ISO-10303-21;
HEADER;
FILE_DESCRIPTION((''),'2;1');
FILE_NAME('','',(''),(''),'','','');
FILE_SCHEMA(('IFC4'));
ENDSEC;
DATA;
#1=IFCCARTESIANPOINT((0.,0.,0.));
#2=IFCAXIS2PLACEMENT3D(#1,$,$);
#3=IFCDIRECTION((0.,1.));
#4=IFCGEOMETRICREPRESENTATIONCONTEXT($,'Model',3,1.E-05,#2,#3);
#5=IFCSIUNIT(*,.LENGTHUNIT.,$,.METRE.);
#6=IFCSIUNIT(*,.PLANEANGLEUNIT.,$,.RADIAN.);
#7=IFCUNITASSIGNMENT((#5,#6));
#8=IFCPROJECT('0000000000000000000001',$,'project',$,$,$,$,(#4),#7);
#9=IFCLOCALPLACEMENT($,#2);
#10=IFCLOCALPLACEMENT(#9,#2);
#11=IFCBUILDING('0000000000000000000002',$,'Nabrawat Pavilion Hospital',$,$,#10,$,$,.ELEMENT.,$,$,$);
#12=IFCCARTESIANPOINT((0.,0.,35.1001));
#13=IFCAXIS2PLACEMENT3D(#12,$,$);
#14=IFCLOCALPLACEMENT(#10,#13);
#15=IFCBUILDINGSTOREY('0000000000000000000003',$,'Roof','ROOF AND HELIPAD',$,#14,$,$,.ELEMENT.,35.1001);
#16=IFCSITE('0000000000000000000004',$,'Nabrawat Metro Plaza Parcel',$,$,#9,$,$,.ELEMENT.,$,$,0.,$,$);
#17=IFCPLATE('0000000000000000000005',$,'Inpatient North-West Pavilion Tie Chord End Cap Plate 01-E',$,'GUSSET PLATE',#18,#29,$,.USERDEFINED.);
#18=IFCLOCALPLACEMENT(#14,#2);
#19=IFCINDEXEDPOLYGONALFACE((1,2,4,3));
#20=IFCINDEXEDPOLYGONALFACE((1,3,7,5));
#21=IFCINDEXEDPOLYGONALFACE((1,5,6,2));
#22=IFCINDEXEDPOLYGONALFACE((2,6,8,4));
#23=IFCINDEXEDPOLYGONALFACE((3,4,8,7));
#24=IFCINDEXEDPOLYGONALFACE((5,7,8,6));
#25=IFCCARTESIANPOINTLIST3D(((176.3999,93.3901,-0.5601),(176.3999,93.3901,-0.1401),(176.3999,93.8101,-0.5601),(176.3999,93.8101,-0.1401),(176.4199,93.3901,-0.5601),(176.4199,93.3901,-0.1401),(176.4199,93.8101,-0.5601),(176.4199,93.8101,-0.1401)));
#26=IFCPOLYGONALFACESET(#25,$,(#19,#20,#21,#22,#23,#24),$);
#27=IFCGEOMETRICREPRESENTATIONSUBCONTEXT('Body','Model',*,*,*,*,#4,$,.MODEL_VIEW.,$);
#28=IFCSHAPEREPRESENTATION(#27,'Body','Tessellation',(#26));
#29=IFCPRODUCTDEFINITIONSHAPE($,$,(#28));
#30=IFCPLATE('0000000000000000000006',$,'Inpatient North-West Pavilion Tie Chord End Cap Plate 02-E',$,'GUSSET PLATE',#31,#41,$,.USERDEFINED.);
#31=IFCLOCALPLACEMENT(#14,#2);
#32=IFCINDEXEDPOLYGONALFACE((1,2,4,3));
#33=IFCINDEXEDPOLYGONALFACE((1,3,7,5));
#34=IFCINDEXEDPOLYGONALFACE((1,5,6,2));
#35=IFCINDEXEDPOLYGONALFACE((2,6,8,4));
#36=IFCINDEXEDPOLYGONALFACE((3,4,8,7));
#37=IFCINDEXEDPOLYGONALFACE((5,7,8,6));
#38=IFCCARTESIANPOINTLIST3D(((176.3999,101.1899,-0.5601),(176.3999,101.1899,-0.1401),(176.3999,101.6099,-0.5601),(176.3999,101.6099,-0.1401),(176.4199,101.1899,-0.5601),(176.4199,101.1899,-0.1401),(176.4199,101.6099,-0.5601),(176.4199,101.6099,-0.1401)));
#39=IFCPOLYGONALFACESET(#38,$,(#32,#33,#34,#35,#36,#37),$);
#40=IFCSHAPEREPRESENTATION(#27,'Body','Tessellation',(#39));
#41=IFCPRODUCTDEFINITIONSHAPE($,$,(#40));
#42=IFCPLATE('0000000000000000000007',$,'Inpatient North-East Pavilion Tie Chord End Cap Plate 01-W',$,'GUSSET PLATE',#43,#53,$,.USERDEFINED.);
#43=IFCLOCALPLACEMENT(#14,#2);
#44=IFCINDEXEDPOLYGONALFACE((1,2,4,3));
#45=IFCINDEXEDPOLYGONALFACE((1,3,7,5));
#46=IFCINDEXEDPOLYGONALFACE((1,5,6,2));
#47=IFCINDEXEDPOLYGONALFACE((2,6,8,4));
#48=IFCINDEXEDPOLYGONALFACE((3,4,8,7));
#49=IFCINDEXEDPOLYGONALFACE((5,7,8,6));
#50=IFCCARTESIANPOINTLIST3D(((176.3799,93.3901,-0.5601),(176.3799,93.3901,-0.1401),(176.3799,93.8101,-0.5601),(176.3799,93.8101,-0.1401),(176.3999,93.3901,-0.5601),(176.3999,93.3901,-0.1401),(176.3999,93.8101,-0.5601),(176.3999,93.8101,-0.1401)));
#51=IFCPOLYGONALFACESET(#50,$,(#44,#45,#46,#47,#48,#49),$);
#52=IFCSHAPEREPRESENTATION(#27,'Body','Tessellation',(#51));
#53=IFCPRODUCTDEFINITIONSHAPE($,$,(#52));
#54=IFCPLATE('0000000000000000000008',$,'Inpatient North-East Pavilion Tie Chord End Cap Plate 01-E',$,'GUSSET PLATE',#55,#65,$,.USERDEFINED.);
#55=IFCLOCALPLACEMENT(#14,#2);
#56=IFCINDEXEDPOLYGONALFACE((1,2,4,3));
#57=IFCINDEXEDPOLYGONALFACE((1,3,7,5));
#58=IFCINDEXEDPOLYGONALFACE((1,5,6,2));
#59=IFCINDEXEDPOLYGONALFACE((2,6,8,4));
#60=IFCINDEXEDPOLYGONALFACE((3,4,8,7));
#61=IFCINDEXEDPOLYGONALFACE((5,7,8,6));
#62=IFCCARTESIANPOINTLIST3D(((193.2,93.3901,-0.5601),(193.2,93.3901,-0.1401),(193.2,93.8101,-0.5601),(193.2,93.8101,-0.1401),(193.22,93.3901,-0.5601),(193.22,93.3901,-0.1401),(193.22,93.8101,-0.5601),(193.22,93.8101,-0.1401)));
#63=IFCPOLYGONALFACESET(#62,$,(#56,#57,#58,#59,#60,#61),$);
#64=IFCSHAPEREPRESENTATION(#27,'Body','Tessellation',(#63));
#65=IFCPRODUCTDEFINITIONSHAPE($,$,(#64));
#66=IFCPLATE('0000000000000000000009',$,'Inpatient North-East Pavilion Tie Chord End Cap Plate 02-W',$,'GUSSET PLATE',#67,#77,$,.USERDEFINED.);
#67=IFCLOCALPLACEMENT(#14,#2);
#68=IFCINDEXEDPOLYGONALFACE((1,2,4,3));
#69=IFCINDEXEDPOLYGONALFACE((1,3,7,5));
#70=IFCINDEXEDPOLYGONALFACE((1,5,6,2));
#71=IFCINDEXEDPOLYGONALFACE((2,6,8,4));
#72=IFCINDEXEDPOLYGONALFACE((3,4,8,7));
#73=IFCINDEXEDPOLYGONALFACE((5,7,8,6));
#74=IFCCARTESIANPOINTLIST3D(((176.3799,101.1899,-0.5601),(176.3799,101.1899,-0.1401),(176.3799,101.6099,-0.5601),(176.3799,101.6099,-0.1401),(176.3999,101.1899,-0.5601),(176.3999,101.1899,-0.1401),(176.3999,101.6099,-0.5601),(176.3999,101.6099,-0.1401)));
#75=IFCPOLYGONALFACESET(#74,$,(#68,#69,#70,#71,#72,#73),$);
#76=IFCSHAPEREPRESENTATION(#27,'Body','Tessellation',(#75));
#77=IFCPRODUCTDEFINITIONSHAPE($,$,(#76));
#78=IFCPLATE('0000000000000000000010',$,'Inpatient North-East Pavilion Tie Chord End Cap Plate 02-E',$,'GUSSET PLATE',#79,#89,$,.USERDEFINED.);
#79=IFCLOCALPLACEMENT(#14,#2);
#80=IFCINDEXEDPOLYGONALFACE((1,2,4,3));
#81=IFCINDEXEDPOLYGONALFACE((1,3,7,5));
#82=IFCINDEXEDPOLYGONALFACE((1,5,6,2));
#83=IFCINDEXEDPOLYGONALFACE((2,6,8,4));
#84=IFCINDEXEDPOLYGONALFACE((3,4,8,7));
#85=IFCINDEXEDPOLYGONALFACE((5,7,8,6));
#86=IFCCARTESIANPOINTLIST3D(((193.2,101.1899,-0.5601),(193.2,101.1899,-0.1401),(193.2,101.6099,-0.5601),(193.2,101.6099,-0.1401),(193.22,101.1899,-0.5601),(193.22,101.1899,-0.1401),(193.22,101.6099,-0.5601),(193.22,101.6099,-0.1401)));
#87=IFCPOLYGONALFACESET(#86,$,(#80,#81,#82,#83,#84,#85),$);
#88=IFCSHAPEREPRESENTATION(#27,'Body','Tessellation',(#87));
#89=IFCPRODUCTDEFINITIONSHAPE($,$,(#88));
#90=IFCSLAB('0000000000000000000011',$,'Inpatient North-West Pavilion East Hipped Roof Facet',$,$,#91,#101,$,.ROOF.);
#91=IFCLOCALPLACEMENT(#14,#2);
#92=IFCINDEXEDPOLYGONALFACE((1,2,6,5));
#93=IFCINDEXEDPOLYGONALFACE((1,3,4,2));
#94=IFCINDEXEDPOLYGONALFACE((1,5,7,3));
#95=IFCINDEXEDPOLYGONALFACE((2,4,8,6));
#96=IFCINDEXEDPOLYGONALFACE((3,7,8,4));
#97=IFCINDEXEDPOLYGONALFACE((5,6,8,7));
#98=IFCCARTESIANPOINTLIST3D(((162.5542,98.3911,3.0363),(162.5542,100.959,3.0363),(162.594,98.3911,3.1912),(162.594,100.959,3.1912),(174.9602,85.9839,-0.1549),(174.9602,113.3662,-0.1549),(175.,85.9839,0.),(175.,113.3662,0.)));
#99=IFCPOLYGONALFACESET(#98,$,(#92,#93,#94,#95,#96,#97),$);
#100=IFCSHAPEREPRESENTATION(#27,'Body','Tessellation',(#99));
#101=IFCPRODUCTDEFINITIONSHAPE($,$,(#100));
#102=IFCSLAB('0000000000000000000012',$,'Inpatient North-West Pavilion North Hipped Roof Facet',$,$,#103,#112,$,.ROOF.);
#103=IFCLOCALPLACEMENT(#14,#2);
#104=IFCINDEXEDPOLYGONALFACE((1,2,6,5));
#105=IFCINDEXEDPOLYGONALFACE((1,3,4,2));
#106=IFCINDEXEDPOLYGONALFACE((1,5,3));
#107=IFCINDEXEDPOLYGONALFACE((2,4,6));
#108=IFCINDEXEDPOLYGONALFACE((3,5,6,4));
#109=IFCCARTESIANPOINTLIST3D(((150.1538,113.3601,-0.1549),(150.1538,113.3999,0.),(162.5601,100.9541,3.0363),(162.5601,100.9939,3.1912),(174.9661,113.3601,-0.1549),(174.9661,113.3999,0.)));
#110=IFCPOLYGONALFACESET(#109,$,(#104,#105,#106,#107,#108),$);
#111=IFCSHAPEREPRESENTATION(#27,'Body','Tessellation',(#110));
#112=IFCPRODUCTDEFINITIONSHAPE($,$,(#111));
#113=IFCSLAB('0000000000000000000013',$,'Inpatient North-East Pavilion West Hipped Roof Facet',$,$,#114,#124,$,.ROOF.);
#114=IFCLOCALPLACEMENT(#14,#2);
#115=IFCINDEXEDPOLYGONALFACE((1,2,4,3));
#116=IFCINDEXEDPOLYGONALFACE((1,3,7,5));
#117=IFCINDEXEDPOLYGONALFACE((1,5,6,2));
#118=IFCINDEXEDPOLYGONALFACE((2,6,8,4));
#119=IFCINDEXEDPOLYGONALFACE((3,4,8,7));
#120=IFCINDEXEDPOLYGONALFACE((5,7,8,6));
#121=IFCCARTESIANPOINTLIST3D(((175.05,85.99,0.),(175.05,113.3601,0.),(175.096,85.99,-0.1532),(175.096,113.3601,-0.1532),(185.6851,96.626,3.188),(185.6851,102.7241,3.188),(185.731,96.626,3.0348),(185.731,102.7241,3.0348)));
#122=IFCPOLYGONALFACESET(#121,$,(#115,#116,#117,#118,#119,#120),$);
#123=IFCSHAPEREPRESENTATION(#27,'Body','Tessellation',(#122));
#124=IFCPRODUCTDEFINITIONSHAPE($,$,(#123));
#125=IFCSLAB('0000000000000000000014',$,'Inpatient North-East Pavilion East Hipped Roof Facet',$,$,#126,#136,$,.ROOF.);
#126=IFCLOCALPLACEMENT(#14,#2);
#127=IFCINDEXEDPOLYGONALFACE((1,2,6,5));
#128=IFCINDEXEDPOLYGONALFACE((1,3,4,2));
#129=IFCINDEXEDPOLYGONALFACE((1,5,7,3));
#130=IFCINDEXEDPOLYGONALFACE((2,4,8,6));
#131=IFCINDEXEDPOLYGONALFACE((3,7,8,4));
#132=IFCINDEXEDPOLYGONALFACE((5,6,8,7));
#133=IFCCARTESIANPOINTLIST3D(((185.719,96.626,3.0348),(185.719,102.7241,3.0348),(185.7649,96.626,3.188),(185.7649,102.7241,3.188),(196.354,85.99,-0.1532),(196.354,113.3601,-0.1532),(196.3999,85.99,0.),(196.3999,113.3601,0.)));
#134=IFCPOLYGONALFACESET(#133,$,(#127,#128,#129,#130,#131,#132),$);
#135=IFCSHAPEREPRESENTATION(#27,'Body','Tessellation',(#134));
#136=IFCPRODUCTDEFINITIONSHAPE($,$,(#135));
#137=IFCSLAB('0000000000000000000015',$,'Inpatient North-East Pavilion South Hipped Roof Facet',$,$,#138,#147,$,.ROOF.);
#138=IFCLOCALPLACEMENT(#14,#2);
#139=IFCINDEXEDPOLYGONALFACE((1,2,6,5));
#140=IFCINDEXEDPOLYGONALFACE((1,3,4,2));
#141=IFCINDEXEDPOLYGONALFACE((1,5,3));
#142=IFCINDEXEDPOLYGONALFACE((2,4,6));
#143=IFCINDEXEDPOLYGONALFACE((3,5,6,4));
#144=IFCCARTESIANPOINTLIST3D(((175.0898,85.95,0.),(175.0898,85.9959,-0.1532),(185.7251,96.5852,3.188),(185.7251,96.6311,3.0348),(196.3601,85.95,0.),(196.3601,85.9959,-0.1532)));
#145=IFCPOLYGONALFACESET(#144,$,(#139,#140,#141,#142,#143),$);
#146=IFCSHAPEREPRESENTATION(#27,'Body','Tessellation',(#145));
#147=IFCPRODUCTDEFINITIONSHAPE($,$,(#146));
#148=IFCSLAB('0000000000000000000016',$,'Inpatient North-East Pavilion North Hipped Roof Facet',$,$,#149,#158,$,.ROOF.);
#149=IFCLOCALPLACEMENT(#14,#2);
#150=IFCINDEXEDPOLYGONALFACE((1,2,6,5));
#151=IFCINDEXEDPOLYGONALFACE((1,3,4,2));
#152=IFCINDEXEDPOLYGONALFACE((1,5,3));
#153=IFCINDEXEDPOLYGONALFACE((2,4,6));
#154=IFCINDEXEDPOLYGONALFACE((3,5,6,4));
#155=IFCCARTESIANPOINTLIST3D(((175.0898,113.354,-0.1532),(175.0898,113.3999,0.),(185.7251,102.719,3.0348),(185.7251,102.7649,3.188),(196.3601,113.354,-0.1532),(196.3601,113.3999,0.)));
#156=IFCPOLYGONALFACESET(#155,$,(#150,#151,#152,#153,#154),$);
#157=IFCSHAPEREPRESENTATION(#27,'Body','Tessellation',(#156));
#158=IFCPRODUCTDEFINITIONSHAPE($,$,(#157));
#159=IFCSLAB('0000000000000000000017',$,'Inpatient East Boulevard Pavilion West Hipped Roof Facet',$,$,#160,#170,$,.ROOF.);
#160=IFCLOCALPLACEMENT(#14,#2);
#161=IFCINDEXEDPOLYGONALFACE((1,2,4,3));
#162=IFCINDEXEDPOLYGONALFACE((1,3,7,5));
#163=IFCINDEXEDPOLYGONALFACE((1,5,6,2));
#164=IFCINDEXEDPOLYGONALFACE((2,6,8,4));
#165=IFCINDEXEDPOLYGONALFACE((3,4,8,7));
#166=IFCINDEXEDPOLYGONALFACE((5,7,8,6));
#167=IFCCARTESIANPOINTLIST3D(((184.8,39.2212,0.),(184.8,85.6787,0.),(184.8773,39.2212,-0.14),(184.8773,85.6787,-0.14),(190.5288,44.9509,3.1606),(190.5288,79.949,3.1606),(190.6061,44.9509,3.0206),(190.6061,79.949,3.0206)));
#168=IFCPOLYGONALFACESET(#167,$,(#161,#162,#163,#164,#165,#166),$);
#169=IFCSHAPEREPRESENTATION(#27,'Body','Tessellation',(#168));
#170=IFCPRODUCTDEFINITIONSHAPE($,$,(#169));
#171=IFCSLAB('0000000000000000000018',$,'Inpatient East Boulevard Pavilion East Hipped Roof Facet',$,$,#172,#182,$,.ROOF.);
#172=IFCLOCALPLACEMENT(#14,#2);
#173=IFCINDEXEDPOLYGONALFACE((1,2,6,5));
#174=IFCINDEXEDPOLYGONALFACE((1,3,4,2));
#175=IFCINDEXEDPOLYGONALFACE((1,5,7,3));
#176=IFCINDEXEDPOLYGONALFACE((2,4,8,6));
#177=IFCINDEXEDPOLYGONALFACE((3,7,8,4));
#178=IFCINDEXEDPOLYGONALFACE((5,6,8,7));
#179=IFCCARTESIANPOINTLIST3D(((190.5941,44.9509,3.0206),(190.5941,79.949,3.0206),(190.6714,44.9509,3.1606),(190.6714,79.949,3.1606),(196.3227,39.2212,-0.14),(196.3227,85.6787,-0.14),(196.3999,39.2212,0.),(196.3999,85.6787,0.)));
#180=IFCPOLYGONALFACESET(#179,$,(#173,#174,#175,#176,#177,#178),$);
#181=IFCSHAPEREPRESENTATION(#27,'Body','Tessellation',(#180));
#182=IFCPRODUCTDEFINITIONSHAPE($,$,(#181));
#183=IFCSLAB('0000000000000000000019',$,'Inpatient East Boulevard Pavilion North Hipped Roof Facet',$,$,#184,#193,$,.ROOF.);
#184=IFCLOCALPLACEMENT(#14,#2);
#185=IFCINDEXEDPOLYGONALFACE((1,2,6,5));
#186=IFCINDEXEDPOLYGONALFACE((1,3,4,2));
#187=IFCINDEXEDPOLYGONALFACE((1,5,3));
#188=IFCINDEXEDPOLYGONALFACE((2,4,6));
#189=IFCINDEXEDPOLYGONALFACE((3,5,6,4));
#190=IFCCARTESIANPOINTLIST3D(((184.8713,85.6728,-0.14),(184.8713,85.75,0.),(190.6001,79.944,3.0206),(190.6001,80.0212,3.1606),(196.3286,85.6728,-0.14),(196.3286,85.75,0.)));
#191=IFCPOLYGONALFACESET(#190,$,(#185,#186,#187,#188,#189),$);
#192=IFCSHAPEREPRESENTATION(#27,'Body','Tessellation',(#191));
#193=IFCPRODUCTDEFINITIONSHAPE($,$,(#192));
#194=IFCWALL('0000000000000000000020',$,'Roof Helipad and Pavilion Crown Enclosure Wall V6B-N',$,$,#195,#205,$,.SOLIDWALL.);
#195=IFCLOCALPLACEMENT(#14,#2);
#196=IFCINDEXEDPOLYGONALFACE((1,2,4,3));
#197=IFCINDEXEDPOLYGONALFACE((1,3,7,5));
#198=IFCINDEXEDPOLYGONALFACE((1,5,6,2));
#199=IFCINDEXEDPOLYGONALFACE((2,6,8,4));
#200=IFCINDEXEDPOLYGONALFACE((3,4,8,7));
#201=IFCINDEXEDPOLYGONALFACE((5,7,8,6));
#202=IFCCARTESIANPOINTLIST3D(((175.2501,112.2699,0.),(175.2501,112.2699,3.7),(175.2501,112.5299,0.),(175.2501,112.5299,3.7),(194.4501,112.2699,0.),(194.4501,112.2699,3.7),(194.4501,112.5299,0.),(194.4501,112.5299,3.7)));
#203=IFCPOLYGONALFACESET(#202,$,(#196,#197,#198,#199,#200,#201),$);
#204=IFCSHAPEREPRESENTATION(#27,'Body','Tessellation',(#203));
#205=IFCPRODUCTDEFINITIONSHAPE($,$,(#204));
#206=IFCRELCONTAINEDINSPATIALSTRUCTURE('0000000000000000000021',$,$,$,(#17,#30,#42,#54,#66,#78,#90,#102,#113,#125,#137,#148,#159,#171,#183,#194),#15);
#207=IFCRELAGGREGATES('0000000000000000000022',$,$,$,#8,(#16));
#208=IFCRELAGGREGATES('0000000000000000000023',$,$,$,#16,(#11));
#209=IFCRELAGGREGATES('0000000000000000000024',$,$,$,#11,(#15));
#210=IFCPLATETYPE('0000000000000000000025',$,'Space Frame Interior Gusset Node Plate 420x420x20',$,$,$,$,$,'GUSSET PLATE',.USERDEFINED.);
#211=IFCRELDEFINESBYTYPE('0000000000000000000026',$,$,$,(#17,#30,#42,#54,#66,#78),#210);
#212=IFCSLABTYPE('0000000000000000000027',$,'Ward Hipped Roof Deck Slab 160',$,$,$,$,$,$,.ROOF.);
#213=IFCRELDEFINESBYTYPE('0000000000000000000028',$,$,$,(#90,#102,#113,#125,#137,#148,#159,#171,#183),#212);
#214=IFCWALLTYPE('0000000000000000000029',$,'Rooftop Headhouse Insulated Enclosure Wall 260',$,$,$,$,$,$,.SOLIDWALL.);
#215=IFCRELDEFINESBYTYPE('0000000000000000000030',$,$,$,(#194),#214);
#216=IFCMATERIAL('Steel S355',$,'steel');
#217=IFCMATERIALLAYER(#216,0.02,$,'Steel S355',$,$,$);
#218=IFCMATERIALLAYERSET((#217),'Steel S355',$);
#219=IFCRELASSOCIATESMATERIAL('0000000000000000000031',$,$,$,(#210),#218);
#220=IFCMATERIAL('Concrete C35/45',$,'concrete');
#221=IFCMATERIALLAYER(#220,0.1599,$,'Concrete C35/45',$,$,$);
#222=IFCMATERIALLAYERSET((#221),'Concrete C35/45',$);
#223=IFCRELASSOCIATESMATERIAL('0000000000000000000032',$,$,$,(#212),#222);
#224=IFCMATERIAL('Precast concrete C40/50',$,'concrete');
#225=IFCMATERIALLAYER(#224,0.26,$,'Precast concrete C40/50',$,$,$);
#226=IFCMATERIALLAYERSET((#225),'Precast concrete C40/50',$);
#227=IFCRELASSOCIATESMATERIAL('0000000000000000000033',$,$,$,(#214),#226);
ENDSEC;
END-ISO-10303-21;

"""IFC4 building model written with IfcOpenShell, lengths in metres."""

from ifc_helpers import new_model, si_unit, direction, frame, frame_2d, origin, origin_2d, place, context, subcontext, project, spatial, polyline, rectangle, outline, extrude, material, layer, layer_set, type_object, element, save


model = new_model("IFC4")

# Units and contexts
model_context = context("Model", 3, precision=1e-05, world=origin(), true_north=direction((0.0, 1.0)))
body_context = subcontext(model_context, "Body", "Model", "MODEL_VIEW")
ifc_project = project(units=[si_unit("LENGTHUNIT", "METRE"), si_unit("PLANEANGLEUNIT", "RADIAN")], contexts=[model_context])

# Site, building, storey
site_placement = place(None, origin())
site = spatial("IfcSite", under=ifc_project, at=site_placement, Name="Nabrawat Metro Plaza Parcel", CompositionType="ELEMENT", RefElevation=0.0)
building_placement = place(site_placement, origin())
building = spatial("IfcBuilding", under=site, at=building_placement, Name="Nabrawat Pavilion Hospital", CompositionType="ELEMENT")
storey_placement = place(building_placement, frame((0.0, 0.0, 35.1001)))
storey = spatial("IfcBuildingStorey", under=building, at=storey_placement, Name="Roof", Description="ROOF AND HELIPAD", CompositionType="ELEMENT", Elevation=35.1001)

# Shared definitions
ifc_material_1 = material(Name="Steel S355", Category="steel")

# Plates
ifc_layer_1 = layer(ifc_material_1, 0.02, Name="Steel S355")
ifc_layer_set_1 = layer_set([ifc_layer_1], Name="Steel S355")
plate_type = type_object("IfcPlateType", Name="Space Frame Interior Gusset Node Plate 420x420x20", ElementType="GUSSET PLATE", PredefinedType="USERDEFINED", material=ifc_layer_set_1)
for number, where, z_axis, x_axis, name in (
    (1, (176.4099, 93.6001, -0.5601), (0.0, 0.0, 1.0), (1.0, 0.0, 0.0), "Inpatient North-West Pavilion Tie Chord End Cap Plate 01-E"),
    (2, (176.4099, 101.3999, -0.5601), (0.0, 0.0, 1.0), (1.0, 0.0, 0.0), "Inpatient North-West Pavilion Tie Chord End Cap Plate 02-E"),
    (3, (176.3899, 93.6001, -0.5601), (0.0, 0.0, 1.0), (1.0, 0.0, 0.0), "Inpatient North-East Pavilion Tie Chord End Cap Plate 01-W"),
    (4, (193.21, 93.6001, -0.5601), (0.0, 0.0, 1.0), (1.0, 0.0, 0.0), "Inpatient North-East Pavilion Tie Chord End Cap Plate 01-E"),
    (5, (176.3899, 101.3999, -0.5601), (0.0, 0.0, 1.0), (1.0, 0.0, 0.0), "Inpatient North-East Pavilion Tie Chord End Cap Plate 02-W"),
    (6, (193.21, 101.3999, -0.5601), (0.0, 0.0, 1.0), (1.0, 0.0, 0.0), "Inpatient North-East Pavilion Tie Chord End Cap Plate 02-E"),
):
    element("IfcPlate", number, at=place(storey_placement, frame(where, z_axis=z_axis, x_axis=x_axis)), inside=storey, type_object=plate_type, Name=name, ObjectType="GUSSET PLATE", PredefinedType="USERDEFINED", context=body_context, shape_type="SweptSolid", body=[
        extrude(rectangle(XDim=0.02, YDim=0.4199, at=origin_2d()), origin(), (0.0, 0.0, 1.0), 0.4199),
    ])

# Slabs
ifc_material_2 = material(Name="Concrete C35/45", Category="concrete")
ifc_layer_2 = layer(ifc_material_2, 0.1599, Name="Concrete C35/45")
ifc_layer_set_2 = layer_set([ifc_layer_2], Name="Concrete C35/45")
slab_type = type_object("IfcSlabType", Name="Ward Hipped Roof Deck Slab 160", PredefinedType="ROOF", material=ifc_layer_set_2)
slab_1_placement = place(storey_placement, frame((175.0, 113.3662, 0.0), z_axis=(0.249118, 0.0, 0.968473), x_axis=(-0.69566, -0.695728, 0.178943)))
element("IfcSlab", 7, at=slab_1_placement, inside=storey, type_object=slab_type, Name="Inpatient North-West Pavilion East Hipped Roof Facet", PredefinedType="ROOF", context=body_context, shape_type="SweptSolid", body=[
    extrude(outline(polyline([(0.0, 0.0), (17.8334, 0.0), (19.62, 1.8445), (19.0506, 19.6689), (0.0, 0.0)])), origin(), (0.0, 0.0, -1.0), 0.1599),
])
slab_2_placement = place(storey_placement, frame((174.9661, 113.3999, 0.0), z_axis=(0.0, 0.249118, 0.968473), x_axis=(-1.0, 0.0, 0.0)))
element("IfcSlab", 8, at=slab_2_placement, inside=storey, type_object=slab_type, Name="Inpatient North-West Pavilion North Hipped Roof Facet", PredefinedType="ROOF", context=body_context, shape_type="SweptSolid", body=[
    extrude(outline(polyline([(0.0, 0.0), (24.8123, 0.0), (12.406, 12.8099), (0.0, 0.0)])), origin(), (0.0, 0.0, -1.0), 0.1599),
])
slab_3_placement = place(storey_placement, frame((175.05, 113.3601, 0.0), z_axis=(-0.28714, 0.0, 0.957889), x_axis=(0.0, -1.0, 0.0)))
element("IfcSlab", 9, at=slab_3_placement, inside=storey, type_object=slab_type, Name="Inpatient North-East Pavilion West Hipped Roof Facet", PredefinedType="ROOF", context=body_context, shape_type="SweptSolid", body=[
    extrude(outline(polyline([(0.0, 0.0), (27.3701, 0.0), (16.7341, 11.1026), (10.636, 11.1026), (0.0, 0.0)])), origin(), (0.0, 0.0, -1.0), 0.1599),
])
slab_4_placement = place(storey_placement, frame((196.3999, 113.3601, 0.0), z_axis=(0.28714, 0.0, 0.957889), x_axis=(-0.691708, -0.691771, 0.207349)))
element("IfcSlab", 10, at=slab_4_placement, inside=storey, type_object=slab_type, Name="Inpatient North-East Pavilion East Hipped Roof Facet", PredefinedType="ROOF", context=body_context, shape_type="SweptSolid", body=[
    extrude(outline(polyline([(0.0, 0.0), (15.375, 0.0), (19.5935, 4.4036), (18.9339, 19.7644), (0.0, 0.0)])), origin(), (0.0, 0.0, -1.0), 0.1599),
])
slab_5_placement = place(storey_placement, frame((175.0898, 85.95, 0.0), z_axis=(0.0, -0.287134, 0.95789), x_axis=(1.0, 0.0, 0.0)))
element("IfcSlab", 11, at=slab_5_placement, inside=storey, type_object=slab_type, Name="Inpatient North-East Pavilion South Hipped Roof Facet", PredefinedType="ROOF", context=body_context, shape_type="SweptSolid", body=[
    extrude(outline(polyline([(0.0, 0.0), (21.2703, 0.0), (10.6353, 11.1028), (0.0, 0.0)])), origin(), (0.0, 0.0, -1.0), 0.1599),
])
slab_6_placement = place(storey_placement, frame((196.3601, 113.3999, 0.0), z_axis=(0.0, 0.28714, 0.957889), x_axis=(-1.0, 0.0, 0.0)))
element("IfcSlab", 12, at=slab_6_placement, inside=storey, type_object=slab_type, Name="Inpatient North-East Pavilion North Hipped Roof Facet", PredefinedType="ROOF", context=body_context, shape_type="SweptSolid", body=[
    extrude(outline(polyline([(0.0, 0.0), (21.2703, 0.0), (10.635, 11.1026), (0.0, 0.0)])), origin(), (0.0, 0.0, -1.0), 0.1599),
])
slab_7_placement = place(storey_placement, frame((184.8, 85.6787, 0.0), z_axis=(-0.483071, 0.0, 0.875581), x_axis=(0.0, -1.0, 0.0)))
element("IfcSlab", 13, at=slab_7_placement, inside=storey, type_object=slab_type, Name="Inpatient East Boulevard Pavilion West Hipped Roof Facet", PredefinedType="ROOF", context=body_context, shape_type="SweptSolid", body=[
    extrude(outline(polyline([(0.0, 0.0), (46.4575, 0.0), (40.7278, 6.5428), (5.7297, 6.5428), (0.0, 0.0)])), origin(), (0.0, 0.0, -1.0), 0.1599),
])
slab_8_placement = place(storey_placement, frame((196.3999, 85.6787, 0.0), z_axis=(0.483087, 0.0, 0.875572), x_axis=(-0.658688, -0.658828, 0.363423)))
element("IfcSlab", 14, at=slab_8_placement, inside=storey, type_object=slab_type, Name="Inpatient East Boulevard Pavilion East Hipped Roof Facet", PredefinedType="ROOF", context=body_context, shape_type="SweptSolid", body=[
    extrude(outline(polyline([(0.0, 0.0), (8.6969, 0.0), (31.7546, 26.3288), (30.6075, 34.9497), (0.0, 0.0)])), origin(), (0.0, 0.0, -1.0), 0.1599),
])
slab_9_placement = place(storey_placement, frame((196.3286, 85.75, 0.0), z_axis=(0.0, 0.483071, 0.875581), x_axis=(-1.0, 0.0, 0.0)))
element("IfcSlab", 15, at=slab_9_placement, inside=storey, type_object=slab_type, Name="Inpatient East Boulevard Pavilion North Hipped Roof Facet", PredefinedType="ROOF", context=body_context, shape_type="SweptSolid", body=[
    extrude(outline(polyline([(0.0, 0.0), (11.4573, 0.0), (5.7285, 6.5428), (0.0, 0.0)])), origin(), (0.0, 0.0, -1.0), 0.1599),
])

# Wall
ifc_material_3 = material(Name="Precast concrete C40/50", Category="concrete")
ifc_layer_3 = layer(ifc_material_3, 0.26, Name="Precast concrete C40/50")
ifc_layer_set_3 = layer_set([ifc_layer_3], Name="Precast concrete C40/50")
wall_type = type_object("IfcWallType", Name="Rooftop Headhouse Insulated Enclosure Wall 260", PredefinedType="SOLIDWALL", material=ifc_layer_set_3)
wall_1_placement = place(storey_placement, frame((175.25, 112.3999, 0.0), z_axis=(0.0, 0.0, 1.0), x_axis=(1.0, 0.0, 0.0)))
element("IfcWall", 16, at=wall_1_placement, inside=storey, type_object=wall_type, Name="Roof Helipad and Pavilion Crown Enclosure Wall V6B-N", PredefinedType="SOLIDWALL", context=body_context, shape_type="SweptSolid", body=[
    extrude(rectangle(XDim=19.2, YDim=0.26, at=frame_2d((9.6001, 0.0))), origin(), (0.0, 0.0, 1.0), 3.7),
])

save(model, "model.ifc")
